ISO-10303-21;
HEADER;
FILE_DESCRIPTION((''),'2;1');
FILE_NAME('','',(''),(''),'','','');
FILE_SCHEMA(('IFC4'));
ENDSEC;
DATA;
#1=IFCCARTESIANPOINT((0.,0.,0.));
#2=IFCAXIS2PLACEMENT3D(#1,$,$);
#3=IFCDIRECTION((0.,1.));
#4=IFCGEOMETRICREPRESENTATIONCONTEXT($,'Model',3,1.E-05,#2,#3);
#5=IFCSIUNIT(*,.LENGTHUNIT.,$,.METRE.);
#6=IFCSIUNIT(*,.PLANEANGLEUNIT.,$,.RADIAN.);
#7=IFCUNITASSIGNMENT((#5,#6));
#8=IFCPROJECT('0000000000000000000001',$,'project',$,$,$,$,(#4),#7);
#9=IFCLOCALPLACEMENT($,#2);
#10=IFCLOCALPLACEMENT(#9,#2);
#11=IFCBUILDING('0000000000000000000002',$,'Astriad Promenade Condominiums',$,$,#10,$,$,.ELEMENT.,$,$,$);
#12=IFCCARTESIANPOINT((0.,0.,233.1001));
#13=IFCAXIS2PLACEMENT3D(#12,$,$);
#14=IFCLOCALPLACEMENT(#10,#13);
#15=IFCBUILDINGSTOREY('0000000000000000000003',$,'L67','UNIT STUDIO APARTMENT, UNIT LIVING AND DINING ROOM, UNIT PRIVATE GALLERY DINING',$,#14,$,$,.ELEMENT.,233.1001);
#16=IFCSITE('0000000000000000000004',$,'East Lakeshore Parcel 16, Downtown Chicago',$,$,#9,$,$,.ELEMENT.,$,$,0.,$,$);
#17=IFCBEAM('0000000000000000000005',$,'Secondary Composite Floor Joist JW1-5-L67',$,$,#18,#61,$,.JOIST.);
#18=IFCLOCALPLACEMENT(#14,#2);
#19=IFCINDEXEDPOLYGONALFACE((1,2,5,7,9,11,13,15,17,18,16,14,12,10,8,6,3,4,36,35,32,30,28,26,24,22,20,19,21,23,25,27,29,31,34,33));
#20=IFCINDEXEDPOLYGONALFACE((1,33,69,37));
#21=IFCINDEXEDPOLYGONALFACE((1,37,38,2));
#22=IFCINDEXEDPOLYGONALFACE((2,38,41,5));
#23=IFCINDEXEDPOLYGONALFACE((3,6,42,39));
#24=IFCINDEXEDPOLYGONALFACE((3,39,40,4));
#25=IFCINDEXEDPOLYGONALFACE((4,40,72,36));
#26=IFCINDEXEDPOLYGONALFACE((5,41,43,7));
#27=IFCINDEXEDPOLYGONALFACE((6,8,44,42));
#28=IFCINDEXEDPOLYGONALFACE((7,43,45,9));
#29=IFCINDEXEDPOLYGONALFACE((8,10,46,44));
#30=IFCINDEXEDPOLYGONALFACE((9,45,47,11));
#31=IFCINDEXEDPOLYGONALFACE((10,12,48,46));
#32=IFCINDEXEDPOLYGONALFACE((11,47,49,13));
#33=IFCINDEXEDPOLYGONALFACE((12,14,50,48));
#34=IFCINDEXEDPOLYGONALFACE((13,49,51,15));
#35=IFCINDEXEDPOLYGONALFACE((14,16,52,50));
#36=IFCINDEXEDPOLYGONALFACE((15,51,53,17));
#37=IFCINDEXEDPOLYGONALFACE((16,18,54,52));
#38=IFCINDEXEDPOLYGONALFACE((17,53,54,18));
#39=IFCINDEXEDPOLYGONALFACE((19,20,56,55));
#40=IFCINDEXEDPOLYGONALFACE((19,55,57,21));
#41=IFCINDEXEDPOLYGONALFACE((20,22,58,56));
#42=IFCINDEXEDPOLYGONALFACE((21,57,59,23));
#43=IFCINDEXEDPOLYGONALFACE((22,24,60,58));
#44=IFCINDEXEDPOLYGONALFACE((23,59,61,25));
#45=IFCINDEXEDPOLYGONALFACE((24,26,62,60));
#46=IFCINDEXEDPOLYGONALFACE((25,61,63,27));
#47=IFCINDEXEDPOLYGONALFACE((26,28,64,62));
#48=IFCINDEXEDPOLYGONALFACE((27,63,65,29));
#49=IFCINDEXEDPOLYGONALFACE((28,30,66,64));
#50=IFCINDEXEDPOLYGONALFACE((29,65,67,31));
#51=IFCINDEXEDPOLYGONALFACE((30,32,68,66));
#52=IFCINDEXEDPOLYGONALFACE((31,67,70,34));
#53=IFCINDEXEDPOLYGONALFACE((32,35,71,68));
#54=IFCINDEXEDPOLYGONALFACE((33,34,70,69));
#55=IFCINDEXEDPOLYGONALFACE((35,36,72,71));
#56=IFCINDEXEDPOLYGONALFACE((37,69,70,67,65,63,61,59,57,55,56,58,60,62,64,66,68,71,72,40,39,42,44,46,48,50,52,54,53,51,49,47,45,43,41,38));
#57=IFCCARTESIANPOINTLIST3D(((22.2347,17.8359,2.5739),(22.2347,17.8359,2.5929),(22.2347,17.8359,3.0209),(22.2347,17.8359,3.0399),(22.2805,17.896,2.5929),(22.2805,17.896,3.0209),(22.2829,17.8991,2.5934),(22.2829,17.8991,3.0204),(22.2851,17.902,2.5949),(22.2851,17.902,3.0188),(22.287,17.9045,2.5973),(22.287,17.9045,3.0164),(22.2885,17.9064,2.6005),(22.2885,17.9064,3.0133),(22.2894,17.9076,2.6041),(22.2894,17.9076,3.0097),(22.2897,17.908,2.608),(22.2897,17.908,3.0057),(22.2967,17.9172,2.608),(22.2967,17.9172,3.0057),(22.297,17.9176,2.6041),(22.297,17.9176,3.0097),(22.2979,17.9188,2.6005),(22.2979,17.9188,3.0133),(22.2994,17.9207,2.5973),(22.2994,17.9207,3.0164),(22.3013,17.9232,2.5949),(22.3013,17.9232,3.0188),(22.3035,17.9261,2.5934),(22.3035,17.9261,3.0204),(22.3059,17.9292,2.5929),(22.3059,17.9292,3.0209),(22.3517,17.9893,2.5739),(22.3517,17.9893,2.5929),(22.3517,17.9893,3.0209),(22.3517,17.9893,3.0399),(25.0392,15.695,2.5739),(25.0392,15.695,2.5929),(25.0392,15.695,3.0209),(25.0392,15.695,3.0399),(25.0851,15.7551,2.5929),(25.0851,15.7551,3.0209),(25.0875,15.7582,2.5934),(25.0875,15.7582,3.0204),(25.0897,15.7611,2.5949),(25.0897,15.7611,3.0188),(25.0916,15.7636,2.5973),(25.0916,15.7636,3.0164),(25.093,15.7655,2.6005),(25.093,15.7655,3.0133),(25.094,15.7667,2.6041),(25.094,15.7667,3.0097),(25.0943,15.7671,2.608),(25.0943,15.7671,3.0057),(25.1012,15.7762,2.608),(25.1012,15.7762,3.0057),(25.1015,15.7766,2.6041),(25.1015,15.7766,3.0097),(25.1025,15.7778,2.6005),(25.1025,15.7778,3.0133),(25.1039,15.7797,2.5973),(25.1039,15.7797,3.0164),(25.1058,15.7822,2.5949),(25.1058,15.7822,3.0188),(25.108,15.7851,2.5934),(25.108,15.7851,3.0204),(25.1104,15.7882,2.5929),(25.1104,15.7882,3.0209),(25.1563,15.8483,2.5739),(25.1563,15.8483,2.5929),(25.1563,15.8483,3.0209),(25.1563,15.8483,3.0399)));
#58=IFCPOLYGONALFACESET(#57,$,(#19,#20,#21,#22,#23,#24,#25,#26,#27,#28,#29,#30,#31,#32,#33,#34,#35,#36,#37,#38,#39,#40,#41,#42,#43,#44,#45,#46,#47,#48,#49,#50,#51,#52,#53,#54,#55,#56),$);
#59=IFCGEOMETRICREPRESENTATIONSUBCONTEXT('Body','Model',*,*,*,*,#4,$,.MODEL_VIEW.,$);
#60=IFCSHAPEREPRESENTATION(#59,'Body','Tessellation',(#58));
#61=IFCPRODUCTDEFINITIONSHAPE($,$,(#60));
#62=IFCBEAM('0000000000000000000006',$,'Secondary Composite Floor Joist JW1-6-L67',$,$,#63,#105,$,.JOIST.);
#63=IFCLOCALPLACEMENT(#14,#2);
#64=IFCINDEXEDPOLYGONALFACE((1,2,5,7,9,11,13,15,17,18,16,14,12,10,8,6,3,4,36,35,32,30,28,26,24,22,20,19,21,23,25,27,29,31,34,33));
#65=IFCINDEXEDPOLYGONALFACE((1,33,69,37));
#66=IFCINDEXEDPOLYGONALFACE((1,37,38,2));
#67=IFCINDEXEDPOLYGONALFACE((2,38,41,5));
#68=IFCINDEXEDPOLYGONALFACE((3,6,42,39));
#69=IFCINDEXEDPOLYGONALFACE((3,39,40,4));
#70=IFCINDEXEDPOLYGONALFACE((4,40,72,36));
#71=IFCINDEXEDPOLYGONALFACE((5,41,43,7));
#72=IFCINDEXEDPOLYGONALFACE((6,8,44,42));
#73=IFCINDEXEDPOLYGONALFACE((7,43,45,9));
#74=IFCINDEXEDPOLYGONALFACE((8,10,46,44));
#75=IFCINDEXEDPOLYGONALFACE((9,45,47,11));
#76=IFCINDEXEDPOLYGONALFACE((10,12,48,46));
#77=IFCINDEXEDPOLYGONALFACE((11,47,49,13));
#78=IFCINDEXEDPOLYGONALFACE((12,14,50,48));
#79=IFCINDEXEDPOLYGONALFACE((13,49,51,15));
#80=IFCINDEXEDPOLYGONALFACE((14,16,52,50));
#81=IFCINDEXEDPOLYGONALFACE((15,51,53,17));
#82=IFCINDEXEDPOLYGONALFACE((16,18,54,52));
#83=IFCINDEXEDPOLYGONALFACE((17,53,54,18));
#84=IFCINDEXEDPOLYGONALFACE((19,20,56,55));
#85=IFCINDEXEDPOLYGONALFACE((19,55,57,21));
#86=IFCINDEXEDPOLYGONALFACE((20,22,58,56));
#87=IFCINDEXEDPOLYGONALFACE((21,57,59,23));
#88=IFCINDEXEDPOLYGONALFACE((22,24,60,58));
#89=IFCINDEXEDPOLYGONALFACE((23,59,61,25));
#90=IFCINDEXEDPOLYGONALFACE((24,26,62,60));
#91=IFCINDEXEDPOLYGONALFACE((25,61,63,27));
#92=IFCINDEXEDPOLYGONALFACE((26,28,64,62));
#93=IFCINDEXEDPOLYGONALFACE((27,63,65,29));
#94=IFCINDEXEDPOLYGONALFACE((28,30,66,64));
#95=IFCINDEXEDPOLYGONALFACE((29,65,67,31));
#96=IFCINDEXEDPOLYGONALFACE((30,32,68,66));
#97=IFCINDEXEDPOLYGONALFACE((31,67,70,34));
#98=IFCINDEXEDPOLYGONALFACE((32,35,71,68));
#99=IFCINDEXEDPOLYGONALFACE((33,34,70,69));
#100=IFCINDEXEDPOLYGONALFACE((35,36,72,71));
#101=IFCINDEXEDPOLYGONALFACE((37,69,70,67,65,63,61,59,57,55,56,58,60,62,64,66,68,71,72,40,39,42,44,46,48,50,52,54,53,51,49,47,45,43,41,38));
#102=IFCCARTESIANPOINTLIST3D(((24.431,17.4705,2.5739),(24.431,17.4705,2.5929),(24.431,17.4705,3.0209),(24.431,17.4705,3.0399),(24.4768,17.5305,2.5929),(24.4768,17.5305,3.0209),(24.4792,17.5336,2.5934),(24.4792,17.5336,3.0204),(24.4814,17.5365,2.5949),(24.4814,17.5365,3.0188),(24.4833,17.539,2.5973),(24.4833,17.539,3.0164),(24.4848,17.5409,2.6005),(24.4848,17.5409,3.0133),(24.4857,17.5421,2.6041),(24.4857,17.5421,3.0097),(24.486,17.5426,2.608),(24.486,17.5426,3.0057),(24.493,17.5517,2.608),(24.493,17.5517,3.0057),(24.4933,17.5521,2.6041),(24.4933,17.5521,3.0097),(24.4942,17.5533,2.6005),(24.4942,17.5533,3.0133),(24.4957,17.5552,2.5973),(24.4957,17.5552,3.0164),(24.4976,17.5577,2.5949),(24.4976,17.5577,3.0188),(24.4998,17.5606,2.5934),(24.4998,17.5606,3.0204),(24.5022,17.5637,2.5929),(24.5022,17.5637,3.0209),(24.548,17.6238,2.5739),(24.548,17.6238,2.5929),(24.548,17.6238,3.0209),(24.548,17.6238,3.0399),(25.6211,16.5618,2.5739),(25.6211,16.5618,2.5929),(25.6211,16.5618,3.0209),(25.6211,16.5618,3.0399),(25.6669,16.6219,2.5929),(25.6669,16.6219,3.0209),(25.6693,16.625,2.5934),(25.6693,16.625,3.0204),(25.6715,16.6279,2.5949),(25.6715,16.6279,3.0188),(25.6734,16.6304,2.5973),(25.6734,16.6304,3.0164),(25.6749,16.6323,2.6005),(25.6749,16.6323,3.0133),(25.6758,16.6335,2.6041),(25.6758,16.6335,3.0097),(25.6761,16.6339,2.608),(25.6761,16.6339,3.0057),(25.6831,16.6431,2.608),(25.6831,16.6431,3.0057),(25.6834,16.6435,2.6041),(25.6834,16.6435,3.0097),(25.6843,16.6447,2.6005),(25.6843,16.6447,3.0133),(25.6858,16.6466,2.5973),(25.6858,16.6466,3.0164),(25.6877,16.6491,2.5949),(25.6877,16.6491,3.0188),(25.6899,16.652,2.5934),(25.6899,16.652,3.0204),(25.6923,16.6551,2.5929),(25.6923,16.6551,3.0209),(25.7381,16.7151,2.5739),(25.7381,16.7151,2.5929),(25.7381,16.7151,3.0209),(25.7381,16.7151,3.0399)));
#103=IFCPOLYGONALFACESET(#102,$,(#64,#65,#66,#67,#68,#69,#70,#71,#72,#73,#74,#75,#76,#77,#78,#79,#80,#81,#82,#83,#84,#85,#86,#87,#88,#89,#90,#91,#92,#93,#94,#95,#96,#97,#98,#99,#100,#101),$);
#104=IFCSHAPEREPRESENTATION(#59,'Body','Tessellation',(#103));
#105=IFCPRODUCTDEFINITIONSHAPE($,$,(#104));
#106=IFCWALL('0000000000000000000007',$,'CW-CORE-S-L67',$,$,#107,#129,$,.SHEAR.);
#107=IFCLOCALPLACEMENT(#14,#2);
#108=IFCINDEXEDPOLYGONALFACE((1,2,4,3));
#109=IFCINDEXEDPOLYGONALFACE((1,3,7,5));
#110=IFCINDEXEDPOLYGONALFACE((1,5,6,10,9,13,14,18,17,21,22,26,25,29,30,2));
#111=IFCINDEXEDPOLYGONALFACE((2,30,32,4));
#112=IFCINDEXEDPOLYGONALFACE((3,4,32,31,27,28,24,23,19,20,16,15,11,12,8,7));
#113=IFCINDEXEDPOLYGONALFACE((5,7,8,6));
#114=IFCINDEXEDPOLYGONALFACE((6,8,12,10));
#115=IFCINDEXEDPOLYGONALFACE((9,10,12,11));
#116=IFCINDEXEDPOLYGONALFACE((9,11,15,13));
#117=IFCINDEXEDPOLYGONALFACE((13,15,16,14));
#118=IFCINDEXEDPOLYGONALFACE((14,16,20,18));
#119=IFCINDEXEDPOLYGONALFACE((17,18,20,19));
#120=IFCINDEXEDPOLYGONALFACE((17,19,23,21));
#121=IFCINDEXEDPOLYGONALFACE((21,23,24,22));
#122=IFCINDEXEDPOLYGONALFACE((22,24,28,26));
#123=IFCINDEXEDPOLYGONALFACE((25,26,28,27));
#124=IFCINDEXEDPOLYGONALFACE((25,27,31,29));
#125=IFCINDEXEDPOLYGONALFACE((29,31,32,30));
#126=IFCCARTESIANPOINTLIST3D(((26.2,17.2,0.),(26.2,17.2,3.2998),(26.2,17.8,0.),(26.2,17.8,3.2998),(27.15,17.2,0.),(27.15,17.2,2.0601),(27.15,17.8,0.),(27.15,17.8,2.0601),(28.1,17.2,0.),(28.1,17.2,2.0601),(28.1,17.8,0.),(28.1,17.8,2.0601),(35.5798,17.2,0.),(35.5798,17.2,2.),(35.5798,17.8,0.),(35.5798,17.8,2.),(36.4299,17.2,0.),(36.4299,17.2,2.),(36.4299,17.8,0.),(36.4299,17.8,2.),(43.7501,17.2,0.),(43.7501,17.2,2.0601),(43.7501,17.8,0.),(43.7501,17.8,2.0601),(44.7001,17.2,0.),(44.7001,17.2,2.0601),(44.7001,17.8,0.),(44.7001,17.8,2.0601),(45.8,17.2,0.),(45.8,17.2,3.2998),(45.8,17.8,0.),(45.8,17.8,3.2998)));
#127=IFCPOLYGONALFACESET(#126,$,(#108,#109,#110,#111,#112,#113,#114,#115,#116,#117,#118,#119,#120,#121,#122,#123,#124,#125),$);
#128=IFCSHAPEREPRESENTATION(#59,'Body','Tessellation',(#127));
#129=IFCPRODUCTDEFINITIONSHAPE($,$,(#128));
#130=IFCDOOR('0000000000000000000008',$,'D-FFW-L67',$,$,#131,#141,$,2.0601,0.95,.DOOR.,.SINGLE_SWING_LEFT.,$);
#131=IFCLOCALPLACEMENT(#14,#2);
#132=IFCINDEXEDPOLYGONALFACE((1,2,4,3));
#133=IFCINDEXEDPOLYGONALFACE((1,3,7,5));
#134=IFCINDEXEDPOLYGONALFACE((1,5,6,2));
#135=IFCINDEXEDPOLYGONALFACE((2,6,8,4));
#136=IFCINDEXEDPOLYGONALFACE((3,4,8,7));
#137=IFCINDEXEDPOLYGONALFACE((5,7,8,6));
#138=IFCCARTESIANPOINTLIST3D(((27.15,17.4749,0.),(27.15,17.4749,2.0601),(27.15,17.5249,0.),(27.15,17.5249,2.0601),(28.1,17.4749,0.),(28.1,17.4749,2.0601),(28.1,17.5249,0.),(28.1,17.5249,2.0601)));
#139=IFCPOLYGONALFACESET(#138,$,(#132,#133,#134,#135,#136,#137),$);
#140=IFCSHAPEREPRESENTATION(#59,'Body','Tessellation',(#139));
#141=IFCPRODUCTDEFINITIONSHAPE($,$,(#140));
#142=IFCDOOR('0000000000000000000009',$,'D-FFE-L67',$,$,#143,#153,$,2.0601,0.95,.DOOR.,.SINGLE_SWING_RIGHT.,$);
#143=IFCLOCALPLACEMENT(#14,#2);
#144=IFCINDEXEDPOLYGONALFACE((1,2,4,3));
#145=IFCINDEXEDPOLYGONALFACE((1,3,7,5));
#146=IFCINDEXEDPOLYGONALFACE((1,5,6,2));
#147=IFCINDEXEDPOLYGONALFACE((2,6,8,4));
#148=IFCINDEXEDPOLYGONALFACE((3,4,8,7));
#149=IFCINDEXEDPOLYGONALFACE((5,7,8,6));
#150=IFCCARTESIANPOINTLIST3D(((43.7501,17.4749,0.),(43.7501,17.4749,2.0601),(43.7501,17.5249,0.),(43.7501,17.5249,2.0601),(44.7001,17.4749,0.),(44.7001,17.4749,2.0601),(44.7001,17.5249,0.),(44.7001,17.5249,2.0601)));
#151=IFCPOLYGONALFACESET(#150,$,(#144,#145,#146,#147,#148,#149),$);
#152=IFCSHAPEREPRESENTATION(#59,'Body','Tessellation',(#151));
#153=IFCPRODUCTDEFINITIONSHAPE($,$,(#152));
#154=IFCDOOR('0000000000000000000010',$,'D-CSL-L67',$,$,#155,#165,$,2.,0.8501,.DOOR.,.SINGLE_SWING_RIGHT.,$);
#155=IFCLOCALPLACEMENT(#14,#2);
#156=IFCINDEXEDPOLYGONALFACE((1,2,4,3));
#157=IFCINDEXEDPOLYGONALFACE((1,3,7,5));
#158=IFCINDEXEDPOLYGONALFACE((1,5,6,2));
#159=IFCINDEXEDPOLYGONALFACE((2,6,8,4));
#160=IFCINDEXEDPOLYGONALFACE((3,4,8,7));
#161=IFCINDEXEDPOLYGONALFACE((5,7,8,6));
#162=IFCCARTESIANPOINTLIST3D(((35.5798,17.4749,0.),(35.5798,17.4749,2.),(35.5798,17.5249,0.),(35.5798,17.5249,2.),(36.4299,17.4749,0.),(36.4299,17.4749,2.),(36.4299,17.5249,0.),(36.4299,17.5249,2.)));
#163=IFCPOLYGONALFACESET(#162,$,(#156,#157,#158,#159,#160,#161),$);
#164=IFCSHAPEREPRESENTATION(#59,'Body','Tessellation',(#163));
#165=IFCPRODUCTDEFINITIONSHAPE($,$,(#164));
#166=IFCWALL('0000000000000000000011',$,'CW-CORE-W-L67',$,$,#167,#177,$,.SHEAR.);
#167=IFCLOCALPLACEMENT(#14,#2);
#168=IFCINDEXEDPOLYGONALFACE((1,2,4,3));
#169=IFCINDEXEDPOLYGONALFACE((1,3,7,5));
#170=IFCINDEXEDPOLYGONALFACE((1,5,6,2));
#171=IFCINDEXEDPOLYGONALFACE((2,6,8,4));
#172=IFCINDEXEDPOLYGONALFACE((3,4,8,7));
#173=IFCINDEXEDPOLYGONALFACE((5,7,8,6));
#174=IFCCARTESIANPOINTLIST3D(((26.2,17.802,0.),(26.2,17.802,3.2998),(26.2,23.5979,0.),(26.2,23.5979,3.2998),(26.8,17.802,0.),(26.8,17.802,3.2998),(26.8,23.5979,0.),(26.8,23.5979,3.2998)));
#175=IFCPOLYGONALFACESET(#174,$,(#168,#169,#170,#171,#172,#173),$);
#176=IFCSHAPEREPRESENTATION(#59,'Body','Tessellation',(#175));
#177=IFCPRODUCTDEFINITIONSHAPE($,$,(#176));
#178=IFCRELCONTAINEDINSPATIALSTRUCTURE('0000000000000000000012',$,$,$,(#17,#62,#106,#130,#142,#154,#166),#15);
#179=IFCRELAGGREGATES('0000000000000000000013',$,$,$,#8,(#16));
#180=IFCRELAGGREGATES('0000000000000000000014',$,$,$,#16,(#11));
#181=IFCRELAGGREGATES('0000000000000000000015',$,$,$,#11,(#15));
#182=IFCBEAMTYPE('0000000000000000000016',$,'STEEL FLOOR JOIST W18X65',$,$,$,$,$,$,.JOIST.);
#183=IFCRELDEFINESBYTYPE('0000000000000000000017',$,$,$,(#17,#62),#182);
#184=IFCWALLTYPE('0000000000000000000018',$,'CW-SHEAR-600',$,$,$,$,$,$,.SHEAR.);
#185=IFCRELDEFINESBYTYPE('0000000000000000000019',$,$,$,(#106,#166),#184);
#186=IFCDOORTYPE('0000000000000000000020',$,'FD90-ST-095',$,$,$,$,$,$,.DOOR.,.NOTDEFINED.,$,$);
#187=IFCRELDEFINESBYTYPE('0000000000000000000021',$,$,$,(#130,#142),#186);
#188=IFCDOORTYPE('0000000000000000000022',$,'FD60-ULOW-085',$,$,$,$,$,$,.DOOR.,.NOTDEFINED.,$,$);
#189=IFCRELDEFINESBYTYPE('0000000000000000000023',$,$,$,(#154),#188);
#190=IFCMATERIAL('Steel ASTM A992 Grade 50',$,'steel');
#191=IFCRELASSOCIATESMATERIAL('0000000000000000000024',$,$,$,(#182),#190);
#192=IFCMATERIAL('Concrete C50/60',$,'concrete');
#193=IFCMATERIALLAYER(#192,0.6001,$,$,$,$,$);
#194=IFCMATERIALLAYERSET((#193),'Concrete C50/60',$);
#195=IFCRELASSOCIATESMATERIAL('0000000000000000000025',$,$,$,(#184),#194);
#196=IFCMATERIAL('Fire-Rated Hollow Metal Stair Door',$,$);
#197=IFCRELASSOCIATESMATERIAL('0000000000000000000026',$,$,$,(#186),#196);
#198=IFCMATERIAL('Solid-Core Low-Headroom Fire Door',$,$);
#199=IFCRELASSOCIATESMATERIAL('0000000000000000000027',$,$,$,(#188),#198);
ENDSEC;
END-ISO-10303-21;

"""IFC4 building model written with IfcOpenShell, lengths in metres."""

from ifc_helpers import new_model, si_unit, direction, frame, frame_2d, origin, origin_2d, place, context, subcontext, project, spatial, rectangle, i_section, extrude, source, transform, mapped, material, layer, layer_set, material_profile, profile_set, type_object, type_shapes, element, fill, save


model = new_model("IFC4")

# Units and contexts
model_context = context("Model", 3, precision=1e-05, world=origin(), true_north=direction((0.0, 1.0)))
body_context = subcontext(model_context, "Body", "Model", "MODEL_VIEW")
ifc_project = project(units=[si_unit("LENGTHUNIT", "METRE"), si_unit("PLANEANGLEUNIT", "RADIAN")], contexts=[model_context])

# Site, building, storey
site_placement = place(None, origin())
site = spatial("IfcSite", under=ifc_project, at=site_placement, Name="East Lakeshore Parcel 16, Downtown Chicago", CompositionType="ELEMENT", RefElevation=0.0)
building_placement = place(site_placement, origin())
building = spatial("IfcBuilding", under=site, at=building_placement, Name="Astriad Promenade Condominiums", CompositionType="ELEMENT")
storey_placement = place(building_placement, frame((0.0, 0.0, 233.1001)))
storey = spatial("IfcBuildingStorey", under=building, at=storey_placement, Name="L67", Description="UNIT STUDIO APARTMENT, UNIT LIVING AND DINING ROOM, UNIT PRIVATE GALLERY DINING", CompositionType="ELEMENT", Elevation=233.1001)

# Shared definitions
ifc_material_1 = material(Name="Steel ASTM A992 Grade 50", Category="steel")

# Beams
ifc_material_profile_1 = material_profile(ifc_material_1, i_section(OverallWidth=0.1929, OverallDepth=0.4661, WebThickness=0.0115, FlangeThickness=0.019, FilletRadius=0.0151, at=origin_2d()), Name="W18X65")
ifc_profile_set_1 = profile_set([ifc_material_profile_1], Name="Steel ASTM A992 Grade 50")
beam_type_1 = type_object("IfcBeamType", Name="STEEL FLOOR JOIST W18X65", PredefinedType="JOIST", material=ifc_profile_set_1)
shared_shape_1 = source(origin(), body_context, "Body", "SweptSolid", [
    extrude(i_section(OverallWidth=0.1929, OverallDepth=0.4661, WebThickness=0.0115, FlangeThickness=0.019, FilletRadius=0.0151, at=origin_2d()), origin(), (0.0, 0.0, 1.0), 3.5283),
])
beam_1_placement = place(storey_placement, frame((22.2932, 17.9126, 2.8069), z_axis=(0.794864, -0.606787, 0.0), x_axis=(0.606787, 0.794864, 0.0)))
element("IfcBeam", 1, at=beam_1_placement, inside=storey, type_object=beam_type_1, Name="Secondary Composite Floor Joist JW1-5-L67", PredefinedType="JOIST", context=body_context, shape_type="MappedRepresentation", body=[
    mapped(shared_shape_1, transform((0.0, 0.0, 0.0), scale=1.0)),
])
shared_shape_2 = source(origin(), body_context, "Body", "SweptSolid", [
    extrude(i_section(OverallWidth=0.1929, OverallDepth=0.4661, WebThickness=0.0115, FlangeThickness=0.019, FilletRadius=0.0151, at=origin_2d()), origin(), (0.0, 0.0, 1.0), 1.4973),
])
type_shapes(beam_type_1, [shared_shape_1, shared_shape_2])
beam_2_placement = place(storey_placement, frame((24.4895, 17.5471, 2.8069), z_axis=(0.794825, -0.606839, 0.0), x_axis=(0.606839, 0.794825, 0.0)))
element("IfcBeam", 2, at=beam_2_placement, inside=storey, type_object=beam_type_1, Name="Secondary Composite Floor Joist JW1-6-L67", PredefinedType="JOIST", context=body_context, shape_type="MappedRepresentation", body=[
    mapped(shared_shape_2, transform((0.0, 0.0, 0.0), scale=1.0)),
])

# Wall, openings, doors
ifc_material_2 = material(Name="Concrete C50/60", Category="concrete")
ifc_layer_1 = layer(ifc_material_2, 0.6001)
ifc_layer_set_1 = layer_set([ifc_layer_1], Name="Concrete C50/60")
wall_type_1 = type_object("IfcWallType", Name="CW-SHEAR-600", PredefinedType="SHEAR", material=ifc_layer_set_1)
wall_1_placement = place(storey_placement, frame((26.2, 17.5, 0.0), z_axis=(0.0, 0.0, 1.0), x_axis=(1.0, 0.0, 0.0)))
wall_1 = element("IfcWall", 3, at=wall_1_placement, inside=storey, type_object=wall_type_1, Name="CW-CORE-S-L67", PredefinedType="SHEAR", context=body_context, shape_type="SweptSolid", body=[
    extrude(rectangle(XDim=19.6001, YDim=0.6001, at=frame_2d((9.8, 0.0))), origin(), (0.0, 0.0, 1.0), 3.2998),
])
opening_1_placement = place(wall_1_placement, frame((0.95, 0.0, 0.0)))
opening_1 = element("IfcOpeningElement", 4, at=opening_1_placement, cuts=wall_1, PredefinedType="OPENING", context=body_context, shape_type="SweptSolid", body=[
    extrude(rectangle(XDim=0.95, YDim=2.0601, at=frame_2d((0.4751, 1.03))), frame((0.0, 0.3101, 0.0), z_axis=(0.0, -1.0, 0.0), x_axis=(1.0, 0.0, 0.0)), (0.0, 0.0, 1.0), 0.6201),
])
opening_2_placement = place(wall_1_placement, frame((9.3799, 0.0, 0.0)))
opening_2 = element("IfcOpeningElement", 5, at=opening_2_placement, cuts=wall_1, PredefinedType="OPENING", context=body_context, shape_type="SweptSolid", body=[
    extrude(rectangle(XDim=0.8501, YDim=2.0, at=frame_2d((0.425, 1.0))), frame((0.0, 0.3101, 0.0), z_axis=(0.0, -1.0, 0.0), x_axis=(1.0, 0.0, 0.0)), (0.0, 0.0, 1.0), 0.6201),
])
opening_3_placement = place(wall_1_placement, frame((17.55, 0.0, 0.0)))
opening_3 = element("IfcOpeningElement", 6, at=opening_3_placement, cuts=wall_1, PredefinedType="OPENING", context=body_context, shape_type="SweptSolid", body=[
    extrude(rectangle(XDim=0.95, YDim=2.0601, at=frame_2d((0.4751, 1.03))), frame((0.0, 0.3101, 0.0), z_axis=(0.0, -1.0, 0.0), x_axis=(1.0, 0.0, 0.0)), (0.0, 0.0, 1.0), 0.6201),
])
ifc_material_3 = material(Name="Fire-Rated Hollow Metal Stair Door")
door_type_1 = type_object("IfcDoorType", Name="FD90-ST-095", OperationType="NOTDEFINED", PredefinedType="DOOR", material=ifc_material_3)
shared_shape_3 = source(origin(), body_context, "Body", "SweptSolid", [
    extrude(rectangle(XDim=0.95, YDim=2.0601, at=frame_2d((0.4751, 1.03))), frame((0.0, 0.0249, 0.0), z_axis=(0.0, -1.0, 0.0), x_axis=(1.0, 0.0, 0.0)), (0.0, 0.0, 1.0), 0.05),
])
type_shapes(door_type_1, [shared_shape_3])
door_1_placement = place(opening_1_placement, origin())
door_1 = element("IfcDoor", 7, at=door_1_placement, inside=storey, type_object=door_type_1, Name="D-FFW-L67", OperationType="SINGLE_SWING_LEFT", OverallHeight=2.0601, OverallWidth=0.95, PredefinedType="DOOR", context=body_context, shape_type="MappedRepresentation", body=[
    mapped(shared_shape_3, transform((0.0, 0.0, 0.0), scale=1.0)),
])
fill(opening_1, door_1)
door_2_placement = place(opening_3_placement, origin())
door_2 = element("IfcDoor", 8, at=door_2_placement, inside=storey, type_object=door_type_1, Name="D-FFE-L67", OperationType="SINGLE_SWING_RIGHT", OverallHeight=2.0601, OverallWidth=0.95, PredefinedType="DOOR", context=body_context, shape_type="MappedRepresentation", body=[
    mapped(shared_shape_3, transform((0.0, 0.0, 0.0), scale=1.0)),
])
fill(opening_3, door_2)
ifc_material_4 = material(Name="Solid-Core Low-Headroom Fire Door")
door_type_2 = type_object("IfcDoorType", Name="FD60-ULOW-085", OperationType="NOTDEFINED", PredefinedType="DOOR", material=ifc_material_4)
shared_shape_4 = source(origin(), body_context, "Body", "SweptSolid", [
    extrude(rectangle(XDim=0.8501, YDim=2.0, at=frame_2d((0.425, 1.0))), frame((0.0, 0.0249, 0.0), z_axis=(0.0, -1.0, 0.0), x_axis=(1.0, 0.0, 0.0)), (0.0, 0.0, 1.0), 0.05),
])
type_shapes(door_type_2, [shared_shape_4])
door_3_placement = place(opening_2_placement, origin())
door_3 = element("IfcDoor", 9, at=door_3_placement, inside=storey, type_object=door_type_2, Name="D-CSL-L67", OperationType="SINGLE_SWING_RIGHT", OverallHeight=2.0, OverallWidth=0.8501, PredefinedType="DOOR", context=body_context, shape_type="MappedRepresentation", body=[
    mapped(shared_shape_4, transform((0.0, 0.0, 0.0), scale=1.0)),
])
fill(opening_2, door_3)

# Wall
wall_2_placement = place(storey_placement, frame((26.5, 17.802, 0.0), z_axis=(0.0, 0.0, 1.0), x_axis=(0.0, 1.0, 0.0)))
element("IfcWall", 10, at=wall_2_placement, inside=storey, type_object=wall_type_1, Name="CW-CORE-W-L67", PredefinedType="SHEAR", context=body_context, shape_type="SweptSolid", body=[
    extrude(rectangle(XDim=5.7959, YDim=0.6001, at=frame_2d((2.8979, 0.0))), origin(), (0.0, 0.0, 1.0), 3.2998),
])

save(model, "model.ifc")
